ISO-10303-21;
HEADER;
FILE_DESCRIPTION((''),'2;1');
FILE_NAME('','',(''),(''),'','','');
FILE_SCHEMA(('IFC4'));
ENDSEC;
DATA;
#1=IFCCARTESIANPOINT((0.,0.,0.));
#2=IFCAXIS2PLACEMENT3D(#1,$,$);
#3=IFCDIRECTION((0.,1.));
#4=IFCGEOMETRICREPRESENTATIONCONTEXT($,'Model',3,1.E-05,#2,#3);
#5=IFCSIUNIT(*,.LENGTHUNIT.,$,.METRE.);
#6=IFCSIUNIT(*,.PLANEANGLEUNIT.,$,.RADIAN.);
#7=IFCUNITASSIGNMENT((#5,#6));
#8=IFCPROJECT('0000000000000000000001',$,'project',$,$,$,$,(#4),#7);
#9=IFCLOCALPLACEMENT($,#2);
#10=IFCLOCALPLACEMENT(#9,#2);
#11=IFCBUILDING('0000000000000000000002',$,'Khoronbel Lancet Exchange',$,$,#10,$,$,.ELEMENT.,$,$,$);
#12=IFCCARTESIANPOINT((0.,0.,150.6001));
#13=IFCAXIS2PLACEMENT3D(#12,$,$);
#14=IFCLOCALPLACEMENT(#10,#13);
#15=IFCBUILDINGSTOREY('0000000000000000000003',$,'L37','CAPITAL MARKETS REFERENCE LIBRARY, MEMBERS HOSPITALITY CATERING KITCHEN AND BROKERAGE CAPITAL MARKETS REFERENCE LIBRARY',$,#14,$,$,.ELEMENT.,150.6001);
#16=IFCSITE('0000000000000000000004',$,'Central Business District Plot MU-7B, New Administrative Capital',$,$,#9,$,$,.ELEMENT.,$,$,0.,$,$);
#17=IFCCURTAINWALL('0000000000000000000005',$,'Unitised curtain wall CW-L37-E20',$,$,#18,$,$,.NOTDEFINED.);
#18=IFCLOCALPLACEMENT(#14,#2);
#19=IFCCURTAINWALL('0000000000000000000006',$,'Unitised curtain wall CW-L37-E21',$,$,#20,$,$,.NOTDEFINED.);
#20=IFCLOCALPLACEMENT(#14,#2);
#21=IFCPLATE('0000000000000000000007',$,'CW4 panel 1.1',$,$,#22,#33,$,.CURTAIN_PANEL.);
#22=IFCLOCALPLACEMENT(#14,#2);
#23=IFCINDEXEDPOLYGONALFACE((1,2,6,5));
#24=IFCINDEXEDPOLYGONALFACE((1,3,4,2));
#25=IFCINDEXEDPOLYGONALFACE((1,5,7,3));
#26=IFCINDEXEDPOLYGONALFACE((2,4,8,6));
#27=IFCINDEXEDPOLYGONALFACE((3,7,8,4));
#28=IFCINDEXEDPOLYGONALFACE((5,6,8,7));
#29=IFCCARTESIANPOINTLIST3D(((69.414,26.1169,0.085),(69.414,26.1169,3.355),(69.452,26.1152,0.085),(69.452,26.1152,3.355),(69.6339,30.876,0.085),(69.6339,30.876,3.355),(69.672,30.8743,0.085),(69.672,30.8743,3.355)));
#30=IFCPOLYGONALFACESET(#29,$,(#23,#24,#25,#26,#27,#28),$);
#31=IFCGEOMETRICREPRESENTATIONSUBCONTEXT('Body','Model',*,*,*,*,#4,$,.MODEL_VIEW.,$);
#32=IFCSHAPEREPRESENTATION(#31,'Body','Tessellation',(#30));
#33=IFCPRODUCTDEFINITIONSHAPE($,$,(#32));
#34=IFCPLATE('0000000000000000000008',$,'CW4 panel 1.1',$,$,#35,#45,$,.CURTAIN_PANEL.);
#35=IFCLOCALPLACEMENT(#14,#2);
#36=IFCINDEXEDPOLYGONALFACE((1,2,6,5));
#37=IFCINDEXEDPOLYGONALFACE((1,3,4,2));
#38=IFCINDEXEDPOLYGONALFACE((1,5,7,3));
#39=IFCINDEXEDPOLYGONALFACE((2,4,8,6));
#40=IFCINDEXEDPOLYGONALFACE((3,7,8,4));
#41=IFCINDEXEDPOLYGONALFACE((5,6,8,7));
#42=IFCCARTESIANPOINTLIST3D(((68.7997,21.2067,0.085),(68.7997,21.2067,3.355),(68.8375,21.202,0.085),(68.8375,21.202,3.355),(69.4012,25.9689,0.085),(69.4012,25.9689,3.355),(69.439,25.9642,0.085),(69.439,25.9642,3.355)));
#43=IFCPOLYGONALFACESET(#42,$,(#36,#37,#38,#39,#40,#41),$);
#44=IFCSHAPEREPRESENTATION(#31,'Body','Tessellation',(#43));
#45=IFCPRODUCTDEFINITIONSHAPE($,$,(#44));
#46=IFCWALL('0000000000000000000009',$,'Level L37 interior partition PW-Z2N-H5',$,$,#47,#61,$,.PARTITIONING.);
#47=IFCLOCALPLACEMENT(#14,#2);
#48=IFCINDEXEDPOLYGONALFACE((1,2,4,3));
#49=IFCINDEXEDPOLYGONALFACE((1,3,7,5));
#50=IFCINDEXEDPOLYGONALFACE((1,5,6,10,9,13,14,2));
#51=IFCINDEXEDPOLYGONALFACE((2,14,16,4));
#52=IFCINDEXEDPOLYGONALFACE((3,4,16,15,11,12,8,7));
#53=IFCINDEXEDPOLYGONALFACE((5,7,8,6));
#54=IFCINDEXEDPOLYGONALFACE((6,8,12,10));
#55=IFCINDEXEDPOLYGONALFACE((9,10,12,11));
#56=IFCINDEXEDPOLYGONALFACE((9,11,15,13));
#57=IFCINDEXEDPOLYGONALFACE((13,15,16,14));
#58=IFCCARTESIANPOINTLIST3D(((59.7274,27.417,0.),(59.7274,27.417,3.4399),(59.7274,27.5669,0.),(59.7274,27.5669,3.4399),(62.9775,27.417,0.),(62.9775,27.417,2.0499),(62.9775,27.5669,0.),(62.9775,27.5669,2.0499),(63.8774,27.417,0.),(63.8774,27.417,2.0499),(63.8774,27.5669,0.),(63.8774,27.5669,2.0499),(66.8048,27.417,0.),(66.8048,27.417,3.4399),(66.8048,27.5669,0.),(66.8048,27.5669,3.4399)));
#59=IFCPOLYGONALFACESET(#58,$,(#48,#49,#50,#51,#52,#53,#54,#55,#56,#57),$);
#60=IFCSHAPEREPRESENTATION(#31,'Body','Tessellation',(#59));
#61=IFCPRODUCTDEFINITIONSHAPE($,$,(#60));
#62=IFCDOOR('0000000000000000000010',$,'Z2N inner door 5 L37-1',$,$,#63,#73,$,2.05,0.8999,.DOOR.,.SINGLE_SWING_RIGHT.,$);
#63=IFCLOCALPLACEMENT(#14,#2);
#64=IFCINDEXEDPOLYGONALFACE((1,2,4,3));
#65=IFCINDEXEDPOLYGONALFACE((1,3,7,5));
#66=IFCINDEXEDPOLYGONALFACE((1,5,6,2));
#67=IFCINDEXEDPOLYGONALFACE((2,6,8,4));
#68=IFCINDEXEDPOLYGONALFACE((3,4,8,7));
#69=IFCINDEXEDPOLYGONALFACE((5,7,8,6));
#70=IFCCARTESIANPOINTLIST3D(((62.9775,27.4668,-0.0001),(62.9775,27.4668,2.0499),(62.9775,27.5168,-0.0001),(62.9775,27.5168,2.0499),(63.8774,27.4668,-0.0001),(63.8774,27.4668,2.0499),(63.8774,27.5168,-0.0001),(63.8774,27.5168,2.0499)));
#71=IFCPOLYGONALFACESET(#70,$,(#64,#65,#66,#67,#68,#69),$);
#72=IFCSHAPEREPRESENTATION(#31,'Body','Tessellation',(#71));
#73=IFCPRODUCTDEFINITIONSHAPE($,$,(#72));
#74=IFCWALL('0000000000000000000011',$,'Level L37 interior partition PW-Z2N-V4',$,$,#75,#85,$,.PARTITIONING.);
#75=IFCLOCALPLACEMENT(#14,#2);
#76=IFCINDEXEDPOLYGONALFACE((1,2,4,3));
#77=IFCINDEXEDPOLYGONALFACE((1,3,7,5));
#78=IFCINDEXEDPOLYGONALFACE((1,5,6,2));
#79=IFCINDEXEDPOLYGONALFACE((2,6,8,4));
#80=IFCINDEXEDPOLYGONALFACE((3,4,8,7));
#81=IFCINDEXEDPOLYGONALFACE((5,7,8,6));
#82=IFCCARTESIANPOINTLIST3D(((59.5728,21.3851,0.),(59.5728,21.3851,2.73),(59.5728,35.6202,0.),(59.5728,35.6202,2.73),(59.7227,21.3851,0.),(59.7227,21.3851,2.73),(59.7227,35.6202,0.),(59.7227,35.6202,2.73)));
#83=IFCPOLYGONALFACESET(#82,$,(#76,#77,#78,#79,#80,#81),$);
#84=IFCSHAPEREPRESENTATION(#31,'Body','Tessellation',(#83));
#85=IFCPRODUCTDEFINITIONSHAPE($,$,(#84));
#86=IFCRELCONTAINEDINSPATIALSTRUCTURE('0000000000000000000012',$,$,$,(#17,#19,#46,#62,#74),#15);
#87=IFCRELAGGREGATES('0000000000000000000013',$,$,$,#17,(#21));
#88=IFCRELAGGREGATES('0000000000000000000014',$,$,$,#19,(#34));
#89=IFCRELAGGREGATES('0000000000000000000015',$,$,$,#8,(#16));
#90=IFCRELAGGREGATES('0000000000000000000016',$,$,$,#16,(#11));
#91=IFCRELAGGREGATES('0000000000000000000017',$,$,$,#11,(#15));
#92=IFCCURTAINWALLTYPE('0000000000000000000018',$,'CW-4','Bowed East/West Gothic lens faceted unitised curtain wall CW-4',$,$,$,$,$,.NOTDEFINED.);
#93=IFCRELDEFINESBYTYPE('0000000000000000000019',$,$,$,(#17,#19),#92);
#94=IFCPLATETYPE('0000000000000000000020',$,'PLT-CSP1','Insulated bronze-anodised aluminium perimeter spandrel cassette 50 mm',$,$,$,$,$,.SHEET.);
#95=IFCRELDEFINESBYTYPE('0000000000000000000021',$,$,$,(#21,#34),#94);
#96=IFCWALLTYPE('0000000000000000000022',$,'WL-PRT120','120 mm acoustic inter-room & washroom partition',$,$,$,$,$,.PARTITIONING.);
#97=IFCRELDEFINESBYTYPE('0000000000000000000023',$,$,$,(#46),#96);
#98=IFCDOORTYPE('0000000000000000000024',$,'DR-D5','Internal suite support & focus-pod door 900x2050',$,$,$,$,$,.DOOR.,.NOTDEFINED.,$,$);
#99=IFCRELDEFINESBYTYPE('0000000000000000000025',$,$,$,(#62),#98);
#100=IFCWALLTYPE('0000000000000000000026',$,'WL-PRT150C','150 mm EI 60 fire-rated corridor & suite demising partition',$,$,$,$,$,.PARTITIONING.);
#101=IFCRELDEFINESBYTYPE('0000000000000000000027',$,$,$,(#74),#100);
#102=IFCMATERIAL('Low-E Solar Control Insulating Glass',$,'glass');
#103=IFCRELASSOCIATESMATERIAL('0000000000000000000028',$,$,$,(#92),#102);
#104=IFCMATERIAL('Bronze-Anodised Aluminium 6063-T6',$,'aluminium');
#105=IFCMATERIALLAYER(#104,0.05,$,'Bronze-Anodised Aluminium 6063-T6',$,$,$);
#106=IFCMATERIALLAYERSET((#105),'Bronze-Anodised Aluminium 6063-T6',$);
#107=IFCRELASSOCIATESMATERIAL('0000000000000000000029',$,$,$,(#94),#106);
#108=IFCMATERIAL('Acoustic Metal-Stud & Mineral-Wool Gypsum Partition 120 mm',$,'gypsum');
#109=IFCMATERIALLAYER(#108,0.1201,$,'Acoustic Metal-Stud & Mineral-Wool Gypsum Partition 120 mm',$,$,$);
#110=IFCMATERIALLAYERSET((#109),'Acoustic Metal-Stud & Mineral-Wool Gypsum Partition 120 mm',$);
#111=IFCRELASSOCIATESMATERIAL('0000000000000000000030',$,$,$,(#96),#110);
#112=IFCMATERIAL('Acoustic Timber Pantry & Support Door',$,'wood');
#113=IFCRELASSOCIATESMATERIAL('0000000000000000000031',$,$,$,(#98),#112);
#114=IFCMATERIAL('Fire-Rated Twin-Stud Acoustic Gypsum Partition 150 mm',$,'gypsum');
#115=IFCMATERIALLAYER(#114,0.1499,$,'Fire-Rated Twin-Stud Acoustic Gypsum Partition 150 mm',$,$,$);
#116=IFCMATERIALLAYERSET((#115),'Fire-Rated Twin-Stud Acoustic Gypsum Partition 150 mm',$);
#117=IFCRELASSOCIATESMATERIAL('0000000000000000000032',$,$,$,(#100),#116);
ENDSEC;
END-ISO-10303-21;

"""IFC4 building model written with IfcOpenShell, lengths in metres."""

from ifc_helpers import new_model, si_unit, direction, frame, frame_2d, origin, origin_2d, place, context, subcontext, project, spatial, rectangle, extrude, material, layer, layer_set, type_object, element, fill, aggregate, save


model = new_model("IFC4")

# Units and contexts
model_context = context("Model", 3, precision=1e-05, world=origin(), true_north=direction((0.0, 1.0)))
body_context = subcontext(model_context, "Body", "Model", "MODEL_VIEW")
ifc_project = project(units=[si_unit("LENGTHUNIT", "METRE"), si_unit("PLANEANGLEUNIT", "RADIAN")], contexts=[model_context])

# Site, building, storey
site_placement = place(None, origin())
site = spatial("IfcSite", under=ifc_project, at=site_placement, Name="Central Business District Plot MU-7B, New Administrative Capital", CompositionType="ELEMENT", RefElevation=0.0)
building_placement = place(site_placement, origin())
building = spatial("IfcBuilding", under=site, at=building_placement, Name="Khoronbel Lancet Exchange", CompositionType="ELEMENT")
storey_placement = place(building_placement, frame((0.0, 0.0, 150.6001)))
storey = spatial("IfcBuildingStorey", under=building, at=storey_placement, Name="L37", Description="CAPITAL MARKETS REFERENCE LIBRARY, MEMBERS HOSPITALITY CATERING KITCHEN AND BROKERAGE CAPITAL MARKETS REFERENCE LIBRARY", CompositionType="ELEMENT", Elevation=150.6001)

# Shared definitions
ifc_material_1 = material(Name="Low-E Solar Control Insulating Glass", Category="glass")
curtain_wall_type = type_object("IfcCurtainWallType", Name="CW-4", Description="Bowed East/West Gothic lens faceted unitised curtain wall CW-4", PredefinedType="NOTDEFINED", material=ifc_material_1)
ifc_material_2 = material(Name="Bronze-Anodised Aluminium 6063-T6", Category="aluminium")

# Curtain wall
curtain_wall_1_placement = place(storey_placement, origin())
curtain_wall_1 = element("IfcCurtainWall", 1, at=curtain_wall_1_placement, inside=storey, type_object=curtain_wall_type, Name="Unitised curtain wall CW-L37-E20", PredefinedType="NOTDEFINED")

# Curtain wall
curtain_wall_2_placement = place(storey_placement, origin())
curtain_wall_2 = element("IfcCurtainWall", 2, at=curtain_wall_2_placement, inside=storey, type_object=curtain_wall_type, Name="Unitised curtain wall CW-L37-E21", PredefinedType="NOTDEFINED")

# Plates
ifc_layer_1 = layer(ifc_material_2, 0.05, Name="Bronze-Anodised Aluminium 6063-T6")
ifc_layer_set_1 = layer_set([ifc_layer_1], Name="Bronze-Anodised Aluminium 6063-T6")
plate_type = type_object("IfcPlateType", Name="PLT-CSP1", Description="Insulated bronze-anodised aluminium perimeter spandrel cassette 50 mm", PredefinedType="SHEET", material=ifc_layer_set_1)
plate_1_placement = place(storey_placement, frame((69.543, 28.4956, 0.085), z_axis=(0.0, 0.0, 1.0), x_axis=(-0.046172, -0.998934, 0.0)))
plate_1 = element("IfcPlate", 3, at=plate_1_placement, type_object=plate_type, Name="CW4 panel 1.1", PredefinedType="CURTAIN_PANEL", context=body_context, shape_type="SweptSolid", body=[
    extrude(rectangle(XDim=4.7642, YDim=0.0381, at=origin_2d()), origin(), (0.0, 0.0, 1.0), 3.27),
])
aggregate(curtain_wall_1, [plate_1])
plate_2_placement = place(storey_placement, frame((69.1194, 23.5854, 0.085), z_axis=(0.0, 0.0, 1.0), x_axis=(-0.125313, -0.992117, 0.0)))
plate_2 = element("IfcPlate", 4, at=plate_2_placement, type_object=plate_type, Name="CW4 panel 1.1", PredefinedType="CURTAIN_PANEL", context=body_context, shape_type="SweptSolid", body=[
    extrude(rectangle(XDim=4.8, YDim=0.0381, at=origin_2d()), origin(), (0.0, 0.0, 1.0), 3.27),
])
aggregate(curtain_wall_2, [plate_2])

# Wall, opening, door
ifc_material_3 = material(Name="Acoustic Metal-Stud & Mineral-Wool Gypsum Partition 120 mm", Category="gypsum")
ifc_layer_2 = layer(ifc_material_3, 0.1201, Name="Acoustic Metal-Stud & Mineral-Wool Gypsum Partition 120 mm")
ifc_layer_set_2 = layer_set([ifc_layer_2], Name="Acoustic Metal-Stud & Mineral-Wool Gypsum Partition 120 mm")
wall_type_1 = type_object("IfcWallType", Name="WL-PRT120", Description="120 mm acoustic inter-room & washroom partition", PredefinedType="PARTITIONING", material=ifc_layer_set_2)
wall_1_placement = place(storey_placement, frame((59.7275, 27.4919, 0.0), z_axis=(0.0, 0.0, 1.0), x_axis=(1.0, 0.0, 0.0)))
wall_1 = element("IfcWall", 5, at=wall_1_placement, inside=storey, type_object=wall_type_1, Name="Level L37 interior partition PW-Z2N-H5", PredefinedType="PARTITIONING", context=body_context, shape_type="SweptSolid", body=[
    extrude(rectangle(XDim=7.0774, YDim=0.1499, at=frame_2d((3.5386, 0.0))), origin(), (0.0, 0.0, 1.0), 3.4399),
])
opening_placement = place(wall_1_placement, frame((3.25, 0.0, 0.0)))
opening = element("IfcOpeningElement", 6, at=opening_placement, cuts=wall_1, PredefinedType="OPENING", context=body_context, shape_type="SweptSolid", body=[
    extrude(rectangle(XDim=0.8999, YDim=2.05, at=frame_2d((0.45, 1.0249))), frame((0.0, 0.085, 0.0), z_axis=(0.0, -1.0, 0.0), x_axis=(1.0, 0.0, 0.0)), (0.0, 0.0, 1.0), 0.1699),
])
ifc_material_4 = material(Name="Acoustic Timber Pantry & Support Door", Category="wood")
door_type = type_object("IfcDoorType", Name="DR-D5", Description="Internal suite support & focus-pod door 900x2050", OperationType="NOTDEFINED", PredefinedType="DOOR", material=ifc_material_4)
door_placement = place(opening_placement, origin())
door = element("IfcDoor", 7, at=door_placement, inside=storey, type_object=door_type, Name="Z2N inner door 5 L37-1", OperationType="SINGLE_SWING_RIGHT", OverallHeight=2.05, OverallWidth=0.8999, PredefinedType="DOOR", context=body_context, shape_type="SweptSolid", body=[
    extrude(rectangle(XDim=0.8999, YDim=2.05, at=frame_2d((0.45, 1.0249))), frame((0.0, 0.0249, 0.0), z_axis=(0.0, -1.0, 0.0), x_axis=(1.0, 0.0, 0.0)), (0.0, 0.0, 1.0), 0.05),
])
fill(opening, door)

# Wall
ifc_material_5 = material(Name="Fire-Rated Twin-Stud Acoustic Gypsum Partition 150 mm", Category="gypsum")
ifc_layer_3 = layer(ifc_material_5, 0.1499, Name="Fire-Rated Twin-Stud Acoustic Gypsum Partition 150 mm")
ifc_layer_set_3 = layer_set([ifc_layer_3], Name="Fire-Rated Twin-Stud Acoustic Gypsum Partition 150 mm")
wall_type_2 = type_object("IfcWallType", Name="WL-PRT150C", Description="150 mm EI 60 fire-rated corridor & suite demising partition", PredefinedType="PARTITIONING", material=ifc_layer_set_3)
wall_2_placement = place(storey_placement, frame((59.6477, 21.385, 0.0), z_axis=(0.0, 0.0, 1.0), x_axis=(0.0, 1.0, 0.0)))
element("IfcWall", 8, at=wall_2_placement, inside=storey, type_object=wall_type_2, Name="Level L37 interior partition PW-Z2N-V4", PredefinedType="PARTITIONING", context=body_context, shape_type="SweptSolid", body=[
    extrude(rectangle(XDim=14.2351, YDim=0.1499, at=frame_2d((7.1177, 0.0))), origin(), (0.0, 0.0, 1.0), 2.73),
])

save(model, "model.ifc")
